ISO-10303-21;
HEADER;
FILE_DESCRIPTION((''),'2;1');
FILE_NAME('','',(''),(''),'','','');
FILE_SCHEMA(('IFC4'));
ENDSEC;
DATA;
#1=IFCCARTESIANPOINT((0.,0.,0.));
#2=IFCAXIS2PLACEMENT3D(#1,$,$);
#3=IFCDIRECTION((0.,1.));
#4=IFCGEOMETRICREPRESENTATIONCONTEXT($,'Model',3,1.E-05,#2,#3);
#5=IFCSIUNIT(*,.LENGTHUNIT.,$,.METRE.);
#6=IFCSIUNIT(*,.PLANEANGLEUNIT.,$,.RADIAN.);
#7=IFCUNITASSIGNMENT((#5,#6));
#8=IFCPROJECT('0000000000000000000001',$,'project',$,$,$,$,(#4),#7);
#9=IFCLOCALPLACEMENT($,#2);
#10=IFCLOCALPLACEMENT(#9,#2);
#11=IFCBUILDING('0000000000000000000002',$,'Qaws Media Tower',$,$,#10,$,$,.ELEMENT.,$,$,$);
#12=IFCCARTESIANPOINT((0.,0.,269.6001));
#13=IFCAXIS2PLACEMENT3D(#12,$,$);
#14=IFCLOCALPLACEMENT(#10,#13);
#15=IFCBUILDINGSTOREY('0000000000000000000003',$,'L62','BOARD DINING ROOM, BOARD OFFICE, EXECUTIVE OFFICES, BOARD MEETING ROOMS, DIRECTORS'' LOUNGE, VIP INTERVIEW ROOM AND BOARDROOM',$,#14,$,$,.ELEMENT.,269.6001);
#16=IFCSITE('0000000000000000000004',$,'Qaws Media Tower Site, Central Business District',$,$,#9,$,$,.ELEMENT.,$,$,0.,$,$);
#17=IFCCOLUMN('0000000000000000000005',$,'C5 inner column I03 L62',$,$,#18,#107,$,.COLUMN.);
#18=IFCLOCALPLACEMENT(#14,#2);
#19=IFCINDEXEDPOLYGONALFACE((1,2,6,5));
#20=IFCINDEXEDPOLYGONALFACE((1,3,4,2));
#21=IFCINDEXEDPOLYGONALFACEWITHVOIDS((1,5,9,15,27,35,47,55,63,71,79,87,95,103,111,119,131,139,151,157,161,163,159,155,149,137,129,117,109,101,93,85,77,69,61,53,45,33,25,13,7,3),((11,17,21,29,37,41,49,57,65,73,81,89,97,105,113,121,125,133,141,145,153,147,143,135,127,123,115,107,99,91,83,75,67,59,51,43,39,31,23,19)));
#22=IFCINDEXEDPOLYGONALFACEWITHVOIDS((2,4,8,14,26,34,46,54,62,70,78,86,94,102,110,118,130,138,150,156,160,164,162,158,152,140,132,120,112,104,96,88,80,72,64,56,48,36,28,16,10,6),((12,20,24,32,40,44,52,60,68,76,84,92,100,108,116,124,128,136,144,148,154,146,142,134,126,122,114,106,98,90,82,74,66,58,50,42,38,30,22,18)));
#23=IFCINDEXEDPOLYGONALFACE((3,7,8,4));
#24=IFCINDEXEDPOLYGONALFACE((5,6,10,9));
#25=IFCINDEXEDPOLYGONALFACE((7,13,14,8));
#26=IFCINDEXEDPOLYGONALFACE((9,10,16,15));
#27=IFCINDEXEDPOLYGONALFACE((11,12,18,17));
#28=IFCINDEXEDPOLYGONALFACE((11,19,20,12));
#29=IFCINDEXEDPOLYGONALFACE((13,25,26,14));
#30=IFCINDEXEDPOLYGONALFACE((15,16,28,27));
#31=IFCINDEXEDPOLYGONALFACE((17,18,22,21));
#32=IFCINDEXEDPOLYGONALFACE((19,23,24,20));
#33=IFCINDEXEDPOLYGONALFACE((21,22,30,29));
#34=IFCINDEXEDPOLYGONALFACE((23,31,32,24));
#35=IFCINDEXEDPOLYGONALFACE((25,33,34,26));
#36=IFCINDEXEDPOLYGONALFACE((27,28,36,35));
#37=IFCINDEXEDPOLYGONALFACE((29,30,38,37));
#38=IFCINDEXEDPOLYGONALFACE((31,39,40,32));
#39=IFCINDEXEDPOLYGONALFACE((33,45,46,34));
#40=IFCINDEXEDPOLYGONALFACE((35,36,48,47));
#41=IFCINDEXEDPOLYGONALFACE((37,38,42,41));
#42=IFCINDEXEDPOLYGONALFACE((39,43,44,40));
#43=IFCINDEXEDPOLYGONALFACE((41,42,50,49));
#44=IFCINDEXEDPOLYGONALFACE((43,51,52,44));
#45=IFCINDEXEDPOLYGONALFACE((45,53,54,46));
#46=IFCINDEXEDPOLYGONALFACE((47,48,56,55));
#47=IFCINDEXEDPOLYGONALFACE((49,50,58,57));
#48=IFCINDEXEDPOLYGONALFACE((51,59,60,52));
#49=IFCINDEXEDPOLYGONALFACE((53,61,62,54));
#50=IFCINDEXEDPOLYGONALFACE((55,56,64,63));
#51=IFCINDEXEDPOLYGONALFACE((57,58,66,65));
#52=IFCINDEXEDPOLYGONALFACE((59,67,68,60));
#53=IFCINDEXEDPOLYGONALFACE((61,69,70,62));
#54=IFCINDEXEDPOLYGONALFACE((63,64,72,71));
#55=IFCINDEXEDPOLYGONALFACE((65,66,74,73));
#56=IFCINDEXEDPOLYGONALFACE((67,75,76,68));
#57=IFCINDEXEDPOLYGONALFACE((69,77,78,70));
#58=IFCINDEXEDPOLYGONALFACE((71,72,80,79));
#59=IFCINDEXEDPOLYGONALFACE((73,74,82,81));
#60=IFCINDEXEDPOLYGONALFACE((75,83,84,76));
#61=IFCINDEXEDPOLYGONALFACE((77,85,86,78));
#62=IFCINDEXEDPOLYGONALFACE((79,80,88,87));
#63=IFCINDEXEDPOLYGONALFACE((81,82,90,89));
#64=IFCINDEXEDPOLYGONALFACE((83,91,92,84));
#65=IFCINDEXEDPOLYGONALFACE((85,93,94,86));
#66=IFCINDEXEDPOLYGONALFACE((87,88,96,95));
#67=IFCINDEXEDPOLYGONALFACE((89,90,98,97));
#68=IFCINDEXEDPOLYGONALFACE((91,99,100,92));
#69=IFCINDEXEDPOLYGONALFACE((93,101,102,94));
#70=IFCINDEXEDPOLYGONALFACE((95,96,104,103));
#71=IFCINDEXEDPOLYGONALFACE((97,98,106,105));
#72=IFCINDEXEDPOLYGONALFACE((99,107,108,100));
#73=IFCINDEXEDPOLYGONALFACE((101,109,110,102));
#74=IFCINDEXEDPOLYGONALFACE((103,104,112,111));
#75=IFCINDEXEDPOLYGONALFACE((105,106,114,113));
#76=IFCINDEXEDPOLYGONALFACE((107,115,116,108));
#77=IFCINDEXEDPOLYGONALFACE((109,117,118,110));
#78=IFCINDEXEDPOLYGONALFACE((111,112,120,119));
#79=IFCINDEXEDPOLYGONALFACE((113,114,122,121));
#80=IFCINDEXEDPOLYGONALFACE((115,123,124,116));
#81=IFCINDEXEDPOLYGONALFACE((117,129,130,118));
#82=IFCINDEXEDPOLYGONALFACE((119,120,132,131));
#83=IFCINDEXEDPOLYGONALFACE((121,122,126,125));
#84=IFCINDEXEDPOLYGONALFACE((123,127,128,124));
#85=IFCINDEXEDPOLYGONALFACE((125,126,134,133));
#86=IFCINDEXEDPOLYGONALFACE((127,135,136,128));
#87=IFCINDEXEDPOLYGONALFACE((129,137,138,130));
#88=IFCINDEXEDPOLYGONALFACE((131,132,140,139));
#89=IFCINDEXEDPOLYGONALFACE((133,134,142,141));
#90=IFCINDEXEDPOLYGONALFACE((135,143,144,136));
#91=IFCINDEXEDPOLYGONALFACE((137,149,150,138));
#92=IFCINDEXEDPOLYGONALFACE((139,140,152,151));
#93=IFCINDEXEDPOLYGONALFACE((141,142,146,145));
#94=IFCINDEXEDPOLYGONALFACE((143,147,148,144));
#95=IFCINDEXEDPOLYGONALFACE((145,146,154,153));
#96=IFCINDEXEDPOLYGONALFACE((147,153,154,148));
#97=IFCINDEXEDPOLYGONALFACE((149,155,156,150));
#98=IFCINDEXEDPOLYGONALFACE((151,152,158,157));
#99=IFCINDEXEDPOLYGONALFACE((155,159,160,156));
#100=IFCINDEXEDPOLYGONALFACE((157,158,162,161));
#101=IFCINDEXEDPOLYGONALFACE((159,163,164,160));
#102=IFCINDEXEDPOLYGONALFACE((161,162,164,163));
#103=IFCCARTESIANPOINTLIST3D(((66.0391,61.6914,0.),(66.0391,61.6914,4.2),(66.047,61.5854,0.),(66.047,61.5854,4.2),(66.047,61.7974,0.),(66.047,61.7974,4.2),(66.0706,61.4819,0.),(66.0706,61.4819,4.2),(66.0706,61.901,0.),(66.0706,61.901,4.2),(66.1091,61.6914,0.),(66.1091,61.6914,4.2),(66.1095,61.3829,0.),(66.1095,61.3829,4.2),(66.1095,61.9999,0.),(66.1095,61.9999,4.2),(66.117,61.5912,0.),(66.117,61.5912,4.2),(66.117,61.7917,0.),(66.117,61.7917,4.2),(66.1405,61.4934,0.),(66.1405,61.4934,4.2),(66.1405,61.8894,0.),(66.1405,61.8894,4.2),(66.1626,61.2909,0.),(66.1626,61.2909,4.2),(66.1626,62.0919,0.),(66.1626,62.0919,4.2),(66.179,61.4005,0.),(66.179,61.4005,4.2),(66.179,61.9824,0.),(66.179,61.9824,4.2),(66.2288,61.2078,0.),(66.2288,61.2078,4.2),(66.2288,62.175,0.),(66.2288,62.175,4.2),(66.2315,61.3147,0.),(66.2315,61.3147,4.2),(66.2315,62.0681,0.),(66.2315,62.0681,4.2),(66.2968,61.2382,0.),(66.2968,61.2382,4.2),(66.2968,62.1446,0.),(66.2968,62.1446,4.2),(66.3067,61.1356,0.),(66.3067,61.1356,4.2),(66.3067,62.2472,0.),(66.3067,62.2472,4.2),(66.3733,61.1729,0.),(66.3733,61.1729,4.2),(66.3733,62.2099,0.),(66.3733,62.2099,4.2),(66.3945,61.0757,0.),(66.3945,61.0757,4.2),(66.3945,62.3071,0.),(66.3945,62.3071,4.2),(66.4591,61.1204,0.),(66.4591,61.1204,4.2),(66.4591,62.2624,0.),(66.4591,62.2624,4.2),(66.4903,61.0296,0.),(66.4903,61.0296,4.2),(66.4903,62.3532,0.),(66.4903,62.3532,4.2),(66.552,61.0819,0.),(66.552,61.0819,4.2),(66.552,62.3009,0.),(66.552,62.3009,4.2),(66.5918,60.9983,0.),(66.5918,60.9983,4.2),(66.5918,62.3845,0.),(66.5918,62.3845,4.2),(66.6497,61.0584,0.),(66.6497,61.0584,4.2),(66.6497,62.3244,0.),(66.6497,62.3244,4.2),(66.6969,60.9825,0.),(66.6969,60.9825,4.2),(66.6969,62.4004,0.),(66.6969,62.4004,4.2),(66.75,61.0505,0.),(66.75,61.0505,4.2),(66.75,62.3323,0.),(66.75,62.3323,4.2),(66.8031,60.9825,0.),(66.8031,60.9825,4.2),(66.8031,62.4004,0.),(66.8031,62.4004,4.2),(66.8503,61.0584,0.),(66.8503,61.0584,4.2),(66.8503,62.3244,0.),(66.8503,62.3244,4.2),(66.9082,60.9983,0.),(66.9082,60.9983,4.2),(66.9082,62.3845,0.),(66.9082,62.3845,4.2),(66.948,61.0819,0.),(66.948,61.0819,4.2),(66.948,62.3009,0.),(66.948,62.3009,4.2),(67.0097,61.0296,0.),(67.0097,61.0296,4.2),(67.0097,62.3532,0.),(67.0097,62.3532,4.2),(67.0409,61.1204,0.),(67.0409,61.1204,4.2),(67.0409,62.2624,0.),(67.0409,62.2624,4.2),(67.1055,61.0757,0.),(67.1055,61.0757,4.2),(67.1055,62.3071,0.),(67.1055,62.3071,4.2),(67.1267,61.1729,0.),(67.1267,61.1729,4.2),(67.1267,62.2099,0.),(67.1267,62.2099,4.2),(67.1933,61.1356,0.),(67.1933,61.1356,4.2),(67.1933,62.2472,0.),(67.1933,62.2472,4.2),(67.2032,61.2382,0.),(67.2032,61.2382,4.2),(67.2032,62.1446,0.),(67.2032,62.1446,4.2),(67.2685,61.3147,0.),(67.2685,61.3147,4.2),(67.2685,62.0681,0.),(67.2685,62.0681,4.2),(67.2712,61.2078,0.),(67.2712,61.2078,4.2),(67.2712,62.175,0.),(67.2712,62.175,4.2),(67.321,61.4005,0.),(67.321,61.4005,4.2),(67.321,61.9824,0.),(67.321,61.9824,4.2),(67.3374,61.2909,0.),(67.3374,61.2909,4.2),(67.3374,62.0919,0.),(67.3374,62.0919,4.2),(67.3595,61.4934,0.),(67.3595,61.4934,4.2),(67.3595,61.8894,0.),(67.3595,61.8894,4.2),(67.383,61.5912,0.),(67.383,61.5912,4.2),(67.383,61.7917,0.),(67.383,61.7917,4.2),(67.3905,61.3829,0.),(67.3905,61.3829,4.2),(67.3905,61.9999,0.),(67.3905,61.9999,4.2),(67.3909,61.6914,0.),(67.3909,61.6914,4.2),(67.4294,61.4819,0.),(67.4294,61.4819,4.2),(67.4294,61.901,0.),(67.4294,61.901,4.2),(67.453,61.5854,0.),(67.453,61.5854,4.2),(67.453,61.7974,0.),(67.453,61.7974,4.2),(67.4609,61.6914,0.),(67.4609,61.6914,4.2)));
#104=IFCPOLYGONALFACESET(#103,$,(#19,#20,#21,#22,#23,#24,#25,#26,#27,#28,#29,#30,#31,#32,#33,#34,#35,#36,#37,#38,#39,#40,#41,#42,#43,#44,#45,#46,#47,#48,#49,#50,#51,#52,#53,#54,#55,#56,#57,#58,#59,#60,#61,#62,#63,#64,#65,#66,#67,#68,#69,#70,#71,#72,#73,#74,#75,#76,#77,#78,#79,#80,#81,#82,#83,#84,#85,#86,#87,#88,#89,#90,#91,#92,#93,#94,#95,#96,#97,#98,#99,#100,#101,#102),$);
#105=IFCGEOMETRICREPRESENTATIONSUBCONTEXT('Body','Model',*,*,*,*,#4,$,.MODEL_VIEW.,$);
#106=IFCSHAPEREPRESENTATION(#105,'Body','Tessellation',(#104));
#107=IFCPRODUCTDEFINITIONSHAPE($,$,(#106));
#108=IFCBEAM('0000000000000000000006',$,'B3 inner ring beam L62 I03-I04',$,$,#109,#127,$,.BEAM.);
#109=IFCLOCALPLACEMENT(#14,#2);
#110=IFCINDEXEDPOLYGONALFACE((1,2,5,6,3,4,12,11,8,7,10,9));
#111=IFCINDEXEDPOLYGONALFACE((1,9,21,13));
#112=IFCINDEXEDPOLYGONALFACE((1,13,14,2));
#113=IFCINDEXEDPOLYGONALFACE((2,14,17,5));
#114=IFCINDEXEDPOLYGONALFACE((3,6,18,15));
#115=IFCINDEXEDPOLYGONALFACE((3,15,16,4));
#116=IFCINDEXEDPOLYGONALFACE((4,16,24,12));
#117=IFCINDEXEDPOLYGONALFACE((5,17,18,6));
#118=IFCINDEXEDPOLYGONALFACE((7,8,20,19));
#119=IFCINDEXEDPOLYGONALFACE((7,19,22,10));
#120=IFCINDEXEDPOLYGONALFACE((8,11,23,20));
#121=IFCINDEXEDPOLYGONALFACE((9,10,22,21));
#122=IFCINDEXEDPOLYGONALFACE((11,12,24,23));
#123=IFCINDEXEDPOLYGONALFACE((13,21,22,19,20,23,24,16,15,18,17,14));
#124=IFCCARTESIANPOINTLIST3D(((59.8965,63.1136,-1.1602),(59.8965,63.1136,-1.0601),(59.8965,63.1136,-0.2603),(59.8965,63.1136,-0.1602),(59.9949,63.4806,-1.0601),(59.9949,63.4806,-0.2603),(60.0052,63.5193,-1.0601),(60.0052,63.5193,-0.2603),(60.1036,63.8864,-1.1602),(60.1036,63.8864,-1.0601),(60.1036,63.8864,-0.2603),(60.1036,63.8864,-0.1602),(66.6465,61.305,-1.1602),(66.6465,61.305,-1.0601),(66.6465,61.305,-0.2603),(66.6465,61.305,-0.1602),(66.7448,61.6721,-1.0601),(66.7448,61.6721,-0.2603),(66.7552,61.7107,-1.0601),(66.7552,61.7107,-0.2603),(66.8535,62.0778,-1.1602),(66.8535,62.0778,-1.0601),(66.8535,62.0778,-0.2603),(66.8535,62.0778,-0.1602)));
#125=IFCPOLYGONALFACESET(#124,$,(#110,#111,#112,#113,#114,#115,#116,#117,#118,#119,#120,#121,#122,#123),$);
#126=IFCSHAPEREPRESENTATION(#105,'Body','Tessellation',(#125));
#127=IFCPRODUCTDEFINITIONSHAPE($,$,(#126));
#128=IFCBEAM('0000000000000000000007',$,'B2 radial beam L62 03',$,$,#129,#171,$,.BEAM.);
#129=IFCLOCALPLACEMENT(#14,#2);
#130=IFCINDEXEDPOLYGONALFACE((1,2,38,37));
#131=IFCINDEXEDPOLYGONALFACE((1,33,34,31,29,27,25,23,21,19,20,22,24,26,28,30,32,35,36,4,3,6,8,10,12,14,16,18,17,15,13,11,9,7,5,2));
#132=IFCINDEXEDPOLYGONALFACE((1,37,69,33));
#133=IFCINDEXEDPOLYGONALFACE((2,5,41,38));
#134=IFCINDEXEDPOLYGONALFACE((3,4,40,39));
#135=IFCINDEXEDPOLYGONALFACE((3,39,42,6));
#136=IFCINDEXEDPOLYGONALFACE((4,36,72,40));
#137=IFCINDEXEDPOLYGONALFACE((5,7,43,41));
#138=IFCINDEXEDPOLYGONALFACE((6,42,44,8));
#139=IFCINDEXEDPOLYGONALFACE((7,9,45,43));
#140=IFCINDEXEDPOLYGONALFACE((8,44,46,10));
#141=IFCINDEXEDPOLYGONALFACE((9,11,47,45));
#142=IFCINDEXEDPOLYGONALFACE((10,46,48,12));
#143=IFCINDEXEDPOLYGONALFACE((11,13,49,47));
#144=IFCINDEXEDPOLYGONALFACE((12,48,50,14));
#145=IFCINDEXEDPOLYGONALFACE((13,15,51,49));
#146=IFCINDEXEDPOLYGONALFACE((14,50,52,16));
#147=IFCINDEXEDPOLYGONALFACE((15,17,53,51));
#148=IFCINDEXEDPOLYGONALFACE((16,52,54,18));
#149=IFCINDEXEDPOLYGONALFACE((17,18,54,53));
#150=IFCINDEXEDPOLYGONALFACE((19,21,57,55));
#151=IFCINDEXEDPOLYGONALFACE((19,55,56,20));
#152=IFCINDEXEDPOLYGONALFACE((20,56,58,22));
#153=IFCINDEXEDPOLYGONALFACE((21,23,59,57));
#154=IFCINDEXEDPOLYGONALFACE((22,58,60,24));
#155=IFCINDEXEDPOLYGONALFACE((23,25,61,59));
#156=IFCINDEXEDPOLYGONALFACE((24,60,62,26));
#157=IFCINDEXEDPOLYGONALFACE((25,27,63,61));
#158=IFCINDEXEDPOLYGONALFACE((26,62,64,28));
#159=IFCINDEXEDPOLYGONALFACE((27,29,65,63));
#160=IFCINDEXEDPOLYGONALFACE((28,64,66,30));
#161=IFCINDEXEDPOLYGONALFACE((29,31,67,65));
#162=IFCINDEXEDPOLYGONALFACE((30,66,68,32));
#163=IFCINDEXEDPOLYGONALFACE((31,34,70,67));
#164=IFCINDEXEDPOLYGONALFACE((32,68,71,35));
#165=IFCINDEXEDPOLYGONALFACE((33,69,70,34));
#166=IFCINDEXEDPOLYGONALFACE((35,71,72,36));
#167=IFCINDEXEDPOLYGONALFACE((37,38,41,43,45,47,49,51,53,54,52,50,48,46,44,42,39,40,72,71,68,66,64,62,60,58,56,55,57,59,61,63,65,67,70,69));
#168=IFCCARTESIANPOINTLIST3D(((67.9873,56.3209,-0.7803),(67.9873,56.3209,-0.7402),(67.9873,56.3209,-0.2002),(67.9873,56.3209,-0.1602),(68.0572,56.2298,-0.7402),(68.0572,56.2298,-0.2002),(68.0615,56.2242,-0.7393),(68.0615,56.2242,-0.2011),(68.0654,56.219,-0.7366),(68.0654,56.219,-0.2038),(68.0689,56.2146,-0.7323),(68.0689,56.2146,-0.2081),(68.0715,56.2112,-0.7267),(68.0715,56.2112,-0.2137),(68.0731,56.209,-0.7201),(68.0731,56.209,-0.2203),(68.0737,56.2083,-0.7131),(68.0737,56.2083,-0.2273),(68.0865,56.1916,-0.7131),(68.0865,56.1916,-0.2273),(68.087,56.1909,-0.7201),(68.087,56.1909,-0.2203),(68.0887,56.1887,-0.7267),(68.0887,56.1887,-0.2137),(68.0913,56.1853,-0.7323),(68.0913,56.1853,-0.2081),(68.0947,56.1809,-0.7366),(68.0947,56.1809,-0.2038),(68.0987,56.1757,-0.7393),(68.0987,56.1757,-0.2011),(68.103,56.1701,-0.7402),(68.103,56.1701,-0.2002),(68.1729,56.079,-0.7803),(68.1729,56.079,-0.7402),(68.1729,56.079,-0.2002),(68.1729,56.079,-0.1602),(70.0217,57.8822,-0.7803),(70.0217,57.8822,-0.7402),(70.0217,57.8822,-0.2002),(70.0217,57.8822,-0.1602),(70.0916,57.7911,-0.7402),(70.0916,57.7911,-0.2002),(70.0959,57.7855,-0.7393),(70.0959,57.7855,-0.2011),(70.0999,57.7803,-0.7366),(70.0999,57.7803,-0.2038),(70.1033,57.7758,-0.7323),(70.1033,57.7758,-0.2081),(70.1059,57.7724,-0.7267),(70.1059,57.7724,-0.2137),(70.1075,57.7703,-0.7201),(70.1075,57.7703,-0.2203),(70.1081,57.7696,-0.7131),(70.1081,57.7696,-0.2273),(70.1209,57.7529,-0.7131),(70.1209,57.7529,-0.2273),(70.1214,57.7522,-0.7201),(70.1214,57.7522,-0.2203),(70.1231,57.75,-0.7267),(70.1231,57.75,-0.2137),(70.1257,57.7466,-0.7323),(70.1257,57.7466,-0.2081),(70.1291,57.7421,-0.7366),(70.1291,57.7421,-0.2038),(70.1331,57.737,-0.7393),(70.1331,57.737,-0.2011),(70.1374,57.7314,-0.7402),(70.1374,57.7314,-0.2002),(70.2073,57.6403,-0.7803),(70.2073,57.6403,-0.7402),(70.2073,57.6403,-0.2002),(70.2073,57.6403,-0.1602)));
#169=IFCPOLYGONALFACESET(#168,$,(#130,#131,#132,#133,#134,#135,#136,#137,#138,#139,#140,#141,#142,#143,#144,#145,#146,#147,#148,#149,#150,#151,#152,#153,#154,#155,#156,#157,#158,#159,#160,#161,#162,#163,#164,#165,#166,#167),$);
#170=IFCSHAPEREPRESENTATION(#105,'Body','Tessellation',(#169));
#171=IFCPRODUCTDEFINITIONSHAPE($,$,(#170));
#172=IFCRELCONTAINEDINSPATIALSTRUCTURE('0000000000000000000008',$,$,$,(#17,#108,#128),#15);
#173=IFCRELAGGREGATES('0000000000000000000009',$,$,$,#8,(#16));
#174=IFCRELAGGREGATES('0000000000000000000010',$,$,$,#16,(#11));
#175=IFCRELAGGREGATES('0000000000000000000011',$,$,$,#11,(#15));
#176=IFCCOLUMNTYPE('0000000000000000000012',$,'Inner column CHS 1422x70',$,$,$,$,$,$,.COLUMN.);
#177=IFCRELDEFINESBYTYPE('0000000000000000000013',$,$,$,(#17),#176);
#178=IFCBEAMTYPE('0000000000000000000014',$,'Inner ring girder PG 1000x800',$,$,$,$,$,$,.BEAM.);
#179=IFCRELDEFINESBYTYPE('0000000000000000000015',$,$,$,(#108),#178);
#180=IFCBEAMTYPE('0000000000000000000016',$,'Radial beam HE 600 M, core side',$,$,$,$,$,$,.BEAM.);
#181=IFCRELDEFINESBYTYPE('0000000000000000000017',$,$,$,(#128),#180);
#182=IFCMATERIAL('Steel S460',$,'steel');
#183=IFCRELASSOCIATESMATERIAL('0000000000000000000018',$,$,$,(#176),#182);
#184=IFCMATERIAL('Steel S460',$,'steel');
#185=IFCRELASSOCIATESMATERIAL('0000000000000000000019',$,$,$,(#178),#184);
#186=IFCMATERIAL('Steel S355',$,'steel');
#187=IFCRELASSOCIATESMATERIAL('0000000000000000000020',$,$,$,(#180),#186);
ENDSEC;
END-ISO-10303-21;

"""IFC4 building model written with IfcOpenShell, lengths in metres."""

from ifc_helpers import new_model, si_unit, direction, frame, origin, origin_2d, place, context, subcontext, project, spatial, hollow_circle, i_section, extrude, material, material_profile, profile_set, type_object, element, save


model = new_model("IFC4")

# Units and contexts
model_context = context("Model", 3, precision=1e-05, world=origin(), true_north=direction((0.0, 1.0)))
body_context = subcontext(model_context, "Body", "Model", "MODEL_VIEW")
ifc_project = project(units=[si_unit("LENGTHUNIT", "METRE"), si_unit("PLANEANGLEUNIT", "RADIAN")], contexts=[model_context])

# Site, building, storey
site_placement = place(None, origin())
site = spatial("IfcSite", under=ifc_project, at=site_placement, Name="Qaws Media Tower Site, Central Business District", CompositionType="ELEMENT", RefElevation=0.0)
building_placement = place(site_placement, origin())
building = spatial("IfcBuilding", under=site, at=building_placement, Name="Qaws Media Tower", CompositionType="ELEMENT")
storey_placement = place(building_placement, frame((0.0, 0.0, 269.6001)))
storey = spatial("IfcBuildingStorey", under=building, at=storey_placement, Name="L62", Description="BOARD DINING ROOM, BOARD OFFICE, EXECUTIVE OFFICES, BOARD MEETING ROOMS, DIRECTORS' LOUNGE, VIP INTERVIEW ROOM AND BOARDROOM", CompositionType="ELEMENT", Elevation=269.6001)

# Column
ifc_material_1 = material(Name="Steel S460", Category="steel")
ifc_material_profile_1 = material_profile(ifc_material_1, hollow_circle(Radius=0.7109, WallThickness=0.0701, at=origin_2d()), Name="CHS 1422x70")
ifc_profile_set_1 = profile_set([ifc_material_profile_1], Name="Steel S460")
column_type = type_object("IfcColumnType", Name="Inner column CHS 1422x70", PredefinedType="COLUMN", material=ifc_profile_set_1)
column_placement = place(storey_placement, frame((66.75, 61.6914, 0.0), z_axis=(0.0, 0.0, 1.0), x_axis=(1.0, 0.0, 0.0)))
element("IfcColumn", 1, at=column_placement, inside=storey, type_object=column_type, Name="C5 inner column I03 L62", PredefinedType="COLUMN", context=body_context, shape_type="SweptSolid", body=[
    extrude(hollow_circle(Radius=0.7109, WallThickness=0.0701, at=origin_2d()), origin(), (0.0, 0.0, 1.0), 4.2),
])

# Beams
ifc_material_2 = material(Name="Steel S460", Category="steel")
ifc_material_profile_2 = material_profile(ifc_material_2, i_section(OverallWidth=0.8, OverallDepth=1.0, WebThickness=0.04, FlangeThickness=0.1001, at=origin_2d()), Name="PG 1000x800")
ifc_profile_set_2 = profile_set([ifc_material_profile_2], Name="Steel S460")
beam_type_1 = type_object("IfcBeamType", Name="Inner ring girder PG 1000x800", PredefinedType="BEAM", material=ifc_profile_set_2)
beam_1_placement = place(storey_placement, frame((66.75, 61.6914, -0.6602), z_axis=(-0.965928, 0.258811, 0.0), x_axis=(-0.258811, -0.965928, 0.0)))
element("IfcBeam", 2, at=beam_1_placement, inside=storey, type_object=beam_type_1, Name="B3 inner ring beam L62 I03-I04", PredefinedType="BEAM", context=body_context, shape_type="SweptSolid", body=[
    extrude(i_section(OverallWidth=0.8, OverallDepth=1.0, WebThickness=0.04, FlangeThickness=0.1001, at=origin_2d()), origin(), (0.0, 0.0, 1.0), 6.988),
])
ifc_material_3 = material(Name="Steel S355", Category="steel")
ifc_material_profile_3 = material_profile(ifc_material_3, i_section(OverallWidth=0.3049, OverallDepth=0.6201, WebThickness=0.021, FlangeThickness=0.04, FilletRadius=0.0271, at=origin_2d()), Name="HE 600 M")
ifc_profile_set_3 = profile_set([ifc_material_profile_3], Name="Steel S355")
beam_type_2 = type_object("IfcBeamType", Name="Radial beam HE 600 M, core side", PredefinedType="BEAM", material=ifc_profile_set_3)
beam_2_placement = place(storey_placement, frame((68.0801, 56.2, -0.4702), z_axis=(0.793314, 0.608813, 0.0), x_axis=(-0.608813, 0.793314, 0.0)))
element("IfcBeam", 3, at=beam_2_placement, inside=storey, type_object=beam_type_2, Name="B2 radial beam L62 03", PredefinedType="BEAM", context=body_context, shape_type="SweptSolid", body=[
    extrude(i_section(OverallWidth=0.3049, OverallDepth=0.6201, WebThickness=0.021, FlangeThickness=0.04, FilletRadius=0.0271, at=origin_2d()), origin(), (0.0, 0.0, 1.0), 2.5645),
])

save(model, "model.ifc")
